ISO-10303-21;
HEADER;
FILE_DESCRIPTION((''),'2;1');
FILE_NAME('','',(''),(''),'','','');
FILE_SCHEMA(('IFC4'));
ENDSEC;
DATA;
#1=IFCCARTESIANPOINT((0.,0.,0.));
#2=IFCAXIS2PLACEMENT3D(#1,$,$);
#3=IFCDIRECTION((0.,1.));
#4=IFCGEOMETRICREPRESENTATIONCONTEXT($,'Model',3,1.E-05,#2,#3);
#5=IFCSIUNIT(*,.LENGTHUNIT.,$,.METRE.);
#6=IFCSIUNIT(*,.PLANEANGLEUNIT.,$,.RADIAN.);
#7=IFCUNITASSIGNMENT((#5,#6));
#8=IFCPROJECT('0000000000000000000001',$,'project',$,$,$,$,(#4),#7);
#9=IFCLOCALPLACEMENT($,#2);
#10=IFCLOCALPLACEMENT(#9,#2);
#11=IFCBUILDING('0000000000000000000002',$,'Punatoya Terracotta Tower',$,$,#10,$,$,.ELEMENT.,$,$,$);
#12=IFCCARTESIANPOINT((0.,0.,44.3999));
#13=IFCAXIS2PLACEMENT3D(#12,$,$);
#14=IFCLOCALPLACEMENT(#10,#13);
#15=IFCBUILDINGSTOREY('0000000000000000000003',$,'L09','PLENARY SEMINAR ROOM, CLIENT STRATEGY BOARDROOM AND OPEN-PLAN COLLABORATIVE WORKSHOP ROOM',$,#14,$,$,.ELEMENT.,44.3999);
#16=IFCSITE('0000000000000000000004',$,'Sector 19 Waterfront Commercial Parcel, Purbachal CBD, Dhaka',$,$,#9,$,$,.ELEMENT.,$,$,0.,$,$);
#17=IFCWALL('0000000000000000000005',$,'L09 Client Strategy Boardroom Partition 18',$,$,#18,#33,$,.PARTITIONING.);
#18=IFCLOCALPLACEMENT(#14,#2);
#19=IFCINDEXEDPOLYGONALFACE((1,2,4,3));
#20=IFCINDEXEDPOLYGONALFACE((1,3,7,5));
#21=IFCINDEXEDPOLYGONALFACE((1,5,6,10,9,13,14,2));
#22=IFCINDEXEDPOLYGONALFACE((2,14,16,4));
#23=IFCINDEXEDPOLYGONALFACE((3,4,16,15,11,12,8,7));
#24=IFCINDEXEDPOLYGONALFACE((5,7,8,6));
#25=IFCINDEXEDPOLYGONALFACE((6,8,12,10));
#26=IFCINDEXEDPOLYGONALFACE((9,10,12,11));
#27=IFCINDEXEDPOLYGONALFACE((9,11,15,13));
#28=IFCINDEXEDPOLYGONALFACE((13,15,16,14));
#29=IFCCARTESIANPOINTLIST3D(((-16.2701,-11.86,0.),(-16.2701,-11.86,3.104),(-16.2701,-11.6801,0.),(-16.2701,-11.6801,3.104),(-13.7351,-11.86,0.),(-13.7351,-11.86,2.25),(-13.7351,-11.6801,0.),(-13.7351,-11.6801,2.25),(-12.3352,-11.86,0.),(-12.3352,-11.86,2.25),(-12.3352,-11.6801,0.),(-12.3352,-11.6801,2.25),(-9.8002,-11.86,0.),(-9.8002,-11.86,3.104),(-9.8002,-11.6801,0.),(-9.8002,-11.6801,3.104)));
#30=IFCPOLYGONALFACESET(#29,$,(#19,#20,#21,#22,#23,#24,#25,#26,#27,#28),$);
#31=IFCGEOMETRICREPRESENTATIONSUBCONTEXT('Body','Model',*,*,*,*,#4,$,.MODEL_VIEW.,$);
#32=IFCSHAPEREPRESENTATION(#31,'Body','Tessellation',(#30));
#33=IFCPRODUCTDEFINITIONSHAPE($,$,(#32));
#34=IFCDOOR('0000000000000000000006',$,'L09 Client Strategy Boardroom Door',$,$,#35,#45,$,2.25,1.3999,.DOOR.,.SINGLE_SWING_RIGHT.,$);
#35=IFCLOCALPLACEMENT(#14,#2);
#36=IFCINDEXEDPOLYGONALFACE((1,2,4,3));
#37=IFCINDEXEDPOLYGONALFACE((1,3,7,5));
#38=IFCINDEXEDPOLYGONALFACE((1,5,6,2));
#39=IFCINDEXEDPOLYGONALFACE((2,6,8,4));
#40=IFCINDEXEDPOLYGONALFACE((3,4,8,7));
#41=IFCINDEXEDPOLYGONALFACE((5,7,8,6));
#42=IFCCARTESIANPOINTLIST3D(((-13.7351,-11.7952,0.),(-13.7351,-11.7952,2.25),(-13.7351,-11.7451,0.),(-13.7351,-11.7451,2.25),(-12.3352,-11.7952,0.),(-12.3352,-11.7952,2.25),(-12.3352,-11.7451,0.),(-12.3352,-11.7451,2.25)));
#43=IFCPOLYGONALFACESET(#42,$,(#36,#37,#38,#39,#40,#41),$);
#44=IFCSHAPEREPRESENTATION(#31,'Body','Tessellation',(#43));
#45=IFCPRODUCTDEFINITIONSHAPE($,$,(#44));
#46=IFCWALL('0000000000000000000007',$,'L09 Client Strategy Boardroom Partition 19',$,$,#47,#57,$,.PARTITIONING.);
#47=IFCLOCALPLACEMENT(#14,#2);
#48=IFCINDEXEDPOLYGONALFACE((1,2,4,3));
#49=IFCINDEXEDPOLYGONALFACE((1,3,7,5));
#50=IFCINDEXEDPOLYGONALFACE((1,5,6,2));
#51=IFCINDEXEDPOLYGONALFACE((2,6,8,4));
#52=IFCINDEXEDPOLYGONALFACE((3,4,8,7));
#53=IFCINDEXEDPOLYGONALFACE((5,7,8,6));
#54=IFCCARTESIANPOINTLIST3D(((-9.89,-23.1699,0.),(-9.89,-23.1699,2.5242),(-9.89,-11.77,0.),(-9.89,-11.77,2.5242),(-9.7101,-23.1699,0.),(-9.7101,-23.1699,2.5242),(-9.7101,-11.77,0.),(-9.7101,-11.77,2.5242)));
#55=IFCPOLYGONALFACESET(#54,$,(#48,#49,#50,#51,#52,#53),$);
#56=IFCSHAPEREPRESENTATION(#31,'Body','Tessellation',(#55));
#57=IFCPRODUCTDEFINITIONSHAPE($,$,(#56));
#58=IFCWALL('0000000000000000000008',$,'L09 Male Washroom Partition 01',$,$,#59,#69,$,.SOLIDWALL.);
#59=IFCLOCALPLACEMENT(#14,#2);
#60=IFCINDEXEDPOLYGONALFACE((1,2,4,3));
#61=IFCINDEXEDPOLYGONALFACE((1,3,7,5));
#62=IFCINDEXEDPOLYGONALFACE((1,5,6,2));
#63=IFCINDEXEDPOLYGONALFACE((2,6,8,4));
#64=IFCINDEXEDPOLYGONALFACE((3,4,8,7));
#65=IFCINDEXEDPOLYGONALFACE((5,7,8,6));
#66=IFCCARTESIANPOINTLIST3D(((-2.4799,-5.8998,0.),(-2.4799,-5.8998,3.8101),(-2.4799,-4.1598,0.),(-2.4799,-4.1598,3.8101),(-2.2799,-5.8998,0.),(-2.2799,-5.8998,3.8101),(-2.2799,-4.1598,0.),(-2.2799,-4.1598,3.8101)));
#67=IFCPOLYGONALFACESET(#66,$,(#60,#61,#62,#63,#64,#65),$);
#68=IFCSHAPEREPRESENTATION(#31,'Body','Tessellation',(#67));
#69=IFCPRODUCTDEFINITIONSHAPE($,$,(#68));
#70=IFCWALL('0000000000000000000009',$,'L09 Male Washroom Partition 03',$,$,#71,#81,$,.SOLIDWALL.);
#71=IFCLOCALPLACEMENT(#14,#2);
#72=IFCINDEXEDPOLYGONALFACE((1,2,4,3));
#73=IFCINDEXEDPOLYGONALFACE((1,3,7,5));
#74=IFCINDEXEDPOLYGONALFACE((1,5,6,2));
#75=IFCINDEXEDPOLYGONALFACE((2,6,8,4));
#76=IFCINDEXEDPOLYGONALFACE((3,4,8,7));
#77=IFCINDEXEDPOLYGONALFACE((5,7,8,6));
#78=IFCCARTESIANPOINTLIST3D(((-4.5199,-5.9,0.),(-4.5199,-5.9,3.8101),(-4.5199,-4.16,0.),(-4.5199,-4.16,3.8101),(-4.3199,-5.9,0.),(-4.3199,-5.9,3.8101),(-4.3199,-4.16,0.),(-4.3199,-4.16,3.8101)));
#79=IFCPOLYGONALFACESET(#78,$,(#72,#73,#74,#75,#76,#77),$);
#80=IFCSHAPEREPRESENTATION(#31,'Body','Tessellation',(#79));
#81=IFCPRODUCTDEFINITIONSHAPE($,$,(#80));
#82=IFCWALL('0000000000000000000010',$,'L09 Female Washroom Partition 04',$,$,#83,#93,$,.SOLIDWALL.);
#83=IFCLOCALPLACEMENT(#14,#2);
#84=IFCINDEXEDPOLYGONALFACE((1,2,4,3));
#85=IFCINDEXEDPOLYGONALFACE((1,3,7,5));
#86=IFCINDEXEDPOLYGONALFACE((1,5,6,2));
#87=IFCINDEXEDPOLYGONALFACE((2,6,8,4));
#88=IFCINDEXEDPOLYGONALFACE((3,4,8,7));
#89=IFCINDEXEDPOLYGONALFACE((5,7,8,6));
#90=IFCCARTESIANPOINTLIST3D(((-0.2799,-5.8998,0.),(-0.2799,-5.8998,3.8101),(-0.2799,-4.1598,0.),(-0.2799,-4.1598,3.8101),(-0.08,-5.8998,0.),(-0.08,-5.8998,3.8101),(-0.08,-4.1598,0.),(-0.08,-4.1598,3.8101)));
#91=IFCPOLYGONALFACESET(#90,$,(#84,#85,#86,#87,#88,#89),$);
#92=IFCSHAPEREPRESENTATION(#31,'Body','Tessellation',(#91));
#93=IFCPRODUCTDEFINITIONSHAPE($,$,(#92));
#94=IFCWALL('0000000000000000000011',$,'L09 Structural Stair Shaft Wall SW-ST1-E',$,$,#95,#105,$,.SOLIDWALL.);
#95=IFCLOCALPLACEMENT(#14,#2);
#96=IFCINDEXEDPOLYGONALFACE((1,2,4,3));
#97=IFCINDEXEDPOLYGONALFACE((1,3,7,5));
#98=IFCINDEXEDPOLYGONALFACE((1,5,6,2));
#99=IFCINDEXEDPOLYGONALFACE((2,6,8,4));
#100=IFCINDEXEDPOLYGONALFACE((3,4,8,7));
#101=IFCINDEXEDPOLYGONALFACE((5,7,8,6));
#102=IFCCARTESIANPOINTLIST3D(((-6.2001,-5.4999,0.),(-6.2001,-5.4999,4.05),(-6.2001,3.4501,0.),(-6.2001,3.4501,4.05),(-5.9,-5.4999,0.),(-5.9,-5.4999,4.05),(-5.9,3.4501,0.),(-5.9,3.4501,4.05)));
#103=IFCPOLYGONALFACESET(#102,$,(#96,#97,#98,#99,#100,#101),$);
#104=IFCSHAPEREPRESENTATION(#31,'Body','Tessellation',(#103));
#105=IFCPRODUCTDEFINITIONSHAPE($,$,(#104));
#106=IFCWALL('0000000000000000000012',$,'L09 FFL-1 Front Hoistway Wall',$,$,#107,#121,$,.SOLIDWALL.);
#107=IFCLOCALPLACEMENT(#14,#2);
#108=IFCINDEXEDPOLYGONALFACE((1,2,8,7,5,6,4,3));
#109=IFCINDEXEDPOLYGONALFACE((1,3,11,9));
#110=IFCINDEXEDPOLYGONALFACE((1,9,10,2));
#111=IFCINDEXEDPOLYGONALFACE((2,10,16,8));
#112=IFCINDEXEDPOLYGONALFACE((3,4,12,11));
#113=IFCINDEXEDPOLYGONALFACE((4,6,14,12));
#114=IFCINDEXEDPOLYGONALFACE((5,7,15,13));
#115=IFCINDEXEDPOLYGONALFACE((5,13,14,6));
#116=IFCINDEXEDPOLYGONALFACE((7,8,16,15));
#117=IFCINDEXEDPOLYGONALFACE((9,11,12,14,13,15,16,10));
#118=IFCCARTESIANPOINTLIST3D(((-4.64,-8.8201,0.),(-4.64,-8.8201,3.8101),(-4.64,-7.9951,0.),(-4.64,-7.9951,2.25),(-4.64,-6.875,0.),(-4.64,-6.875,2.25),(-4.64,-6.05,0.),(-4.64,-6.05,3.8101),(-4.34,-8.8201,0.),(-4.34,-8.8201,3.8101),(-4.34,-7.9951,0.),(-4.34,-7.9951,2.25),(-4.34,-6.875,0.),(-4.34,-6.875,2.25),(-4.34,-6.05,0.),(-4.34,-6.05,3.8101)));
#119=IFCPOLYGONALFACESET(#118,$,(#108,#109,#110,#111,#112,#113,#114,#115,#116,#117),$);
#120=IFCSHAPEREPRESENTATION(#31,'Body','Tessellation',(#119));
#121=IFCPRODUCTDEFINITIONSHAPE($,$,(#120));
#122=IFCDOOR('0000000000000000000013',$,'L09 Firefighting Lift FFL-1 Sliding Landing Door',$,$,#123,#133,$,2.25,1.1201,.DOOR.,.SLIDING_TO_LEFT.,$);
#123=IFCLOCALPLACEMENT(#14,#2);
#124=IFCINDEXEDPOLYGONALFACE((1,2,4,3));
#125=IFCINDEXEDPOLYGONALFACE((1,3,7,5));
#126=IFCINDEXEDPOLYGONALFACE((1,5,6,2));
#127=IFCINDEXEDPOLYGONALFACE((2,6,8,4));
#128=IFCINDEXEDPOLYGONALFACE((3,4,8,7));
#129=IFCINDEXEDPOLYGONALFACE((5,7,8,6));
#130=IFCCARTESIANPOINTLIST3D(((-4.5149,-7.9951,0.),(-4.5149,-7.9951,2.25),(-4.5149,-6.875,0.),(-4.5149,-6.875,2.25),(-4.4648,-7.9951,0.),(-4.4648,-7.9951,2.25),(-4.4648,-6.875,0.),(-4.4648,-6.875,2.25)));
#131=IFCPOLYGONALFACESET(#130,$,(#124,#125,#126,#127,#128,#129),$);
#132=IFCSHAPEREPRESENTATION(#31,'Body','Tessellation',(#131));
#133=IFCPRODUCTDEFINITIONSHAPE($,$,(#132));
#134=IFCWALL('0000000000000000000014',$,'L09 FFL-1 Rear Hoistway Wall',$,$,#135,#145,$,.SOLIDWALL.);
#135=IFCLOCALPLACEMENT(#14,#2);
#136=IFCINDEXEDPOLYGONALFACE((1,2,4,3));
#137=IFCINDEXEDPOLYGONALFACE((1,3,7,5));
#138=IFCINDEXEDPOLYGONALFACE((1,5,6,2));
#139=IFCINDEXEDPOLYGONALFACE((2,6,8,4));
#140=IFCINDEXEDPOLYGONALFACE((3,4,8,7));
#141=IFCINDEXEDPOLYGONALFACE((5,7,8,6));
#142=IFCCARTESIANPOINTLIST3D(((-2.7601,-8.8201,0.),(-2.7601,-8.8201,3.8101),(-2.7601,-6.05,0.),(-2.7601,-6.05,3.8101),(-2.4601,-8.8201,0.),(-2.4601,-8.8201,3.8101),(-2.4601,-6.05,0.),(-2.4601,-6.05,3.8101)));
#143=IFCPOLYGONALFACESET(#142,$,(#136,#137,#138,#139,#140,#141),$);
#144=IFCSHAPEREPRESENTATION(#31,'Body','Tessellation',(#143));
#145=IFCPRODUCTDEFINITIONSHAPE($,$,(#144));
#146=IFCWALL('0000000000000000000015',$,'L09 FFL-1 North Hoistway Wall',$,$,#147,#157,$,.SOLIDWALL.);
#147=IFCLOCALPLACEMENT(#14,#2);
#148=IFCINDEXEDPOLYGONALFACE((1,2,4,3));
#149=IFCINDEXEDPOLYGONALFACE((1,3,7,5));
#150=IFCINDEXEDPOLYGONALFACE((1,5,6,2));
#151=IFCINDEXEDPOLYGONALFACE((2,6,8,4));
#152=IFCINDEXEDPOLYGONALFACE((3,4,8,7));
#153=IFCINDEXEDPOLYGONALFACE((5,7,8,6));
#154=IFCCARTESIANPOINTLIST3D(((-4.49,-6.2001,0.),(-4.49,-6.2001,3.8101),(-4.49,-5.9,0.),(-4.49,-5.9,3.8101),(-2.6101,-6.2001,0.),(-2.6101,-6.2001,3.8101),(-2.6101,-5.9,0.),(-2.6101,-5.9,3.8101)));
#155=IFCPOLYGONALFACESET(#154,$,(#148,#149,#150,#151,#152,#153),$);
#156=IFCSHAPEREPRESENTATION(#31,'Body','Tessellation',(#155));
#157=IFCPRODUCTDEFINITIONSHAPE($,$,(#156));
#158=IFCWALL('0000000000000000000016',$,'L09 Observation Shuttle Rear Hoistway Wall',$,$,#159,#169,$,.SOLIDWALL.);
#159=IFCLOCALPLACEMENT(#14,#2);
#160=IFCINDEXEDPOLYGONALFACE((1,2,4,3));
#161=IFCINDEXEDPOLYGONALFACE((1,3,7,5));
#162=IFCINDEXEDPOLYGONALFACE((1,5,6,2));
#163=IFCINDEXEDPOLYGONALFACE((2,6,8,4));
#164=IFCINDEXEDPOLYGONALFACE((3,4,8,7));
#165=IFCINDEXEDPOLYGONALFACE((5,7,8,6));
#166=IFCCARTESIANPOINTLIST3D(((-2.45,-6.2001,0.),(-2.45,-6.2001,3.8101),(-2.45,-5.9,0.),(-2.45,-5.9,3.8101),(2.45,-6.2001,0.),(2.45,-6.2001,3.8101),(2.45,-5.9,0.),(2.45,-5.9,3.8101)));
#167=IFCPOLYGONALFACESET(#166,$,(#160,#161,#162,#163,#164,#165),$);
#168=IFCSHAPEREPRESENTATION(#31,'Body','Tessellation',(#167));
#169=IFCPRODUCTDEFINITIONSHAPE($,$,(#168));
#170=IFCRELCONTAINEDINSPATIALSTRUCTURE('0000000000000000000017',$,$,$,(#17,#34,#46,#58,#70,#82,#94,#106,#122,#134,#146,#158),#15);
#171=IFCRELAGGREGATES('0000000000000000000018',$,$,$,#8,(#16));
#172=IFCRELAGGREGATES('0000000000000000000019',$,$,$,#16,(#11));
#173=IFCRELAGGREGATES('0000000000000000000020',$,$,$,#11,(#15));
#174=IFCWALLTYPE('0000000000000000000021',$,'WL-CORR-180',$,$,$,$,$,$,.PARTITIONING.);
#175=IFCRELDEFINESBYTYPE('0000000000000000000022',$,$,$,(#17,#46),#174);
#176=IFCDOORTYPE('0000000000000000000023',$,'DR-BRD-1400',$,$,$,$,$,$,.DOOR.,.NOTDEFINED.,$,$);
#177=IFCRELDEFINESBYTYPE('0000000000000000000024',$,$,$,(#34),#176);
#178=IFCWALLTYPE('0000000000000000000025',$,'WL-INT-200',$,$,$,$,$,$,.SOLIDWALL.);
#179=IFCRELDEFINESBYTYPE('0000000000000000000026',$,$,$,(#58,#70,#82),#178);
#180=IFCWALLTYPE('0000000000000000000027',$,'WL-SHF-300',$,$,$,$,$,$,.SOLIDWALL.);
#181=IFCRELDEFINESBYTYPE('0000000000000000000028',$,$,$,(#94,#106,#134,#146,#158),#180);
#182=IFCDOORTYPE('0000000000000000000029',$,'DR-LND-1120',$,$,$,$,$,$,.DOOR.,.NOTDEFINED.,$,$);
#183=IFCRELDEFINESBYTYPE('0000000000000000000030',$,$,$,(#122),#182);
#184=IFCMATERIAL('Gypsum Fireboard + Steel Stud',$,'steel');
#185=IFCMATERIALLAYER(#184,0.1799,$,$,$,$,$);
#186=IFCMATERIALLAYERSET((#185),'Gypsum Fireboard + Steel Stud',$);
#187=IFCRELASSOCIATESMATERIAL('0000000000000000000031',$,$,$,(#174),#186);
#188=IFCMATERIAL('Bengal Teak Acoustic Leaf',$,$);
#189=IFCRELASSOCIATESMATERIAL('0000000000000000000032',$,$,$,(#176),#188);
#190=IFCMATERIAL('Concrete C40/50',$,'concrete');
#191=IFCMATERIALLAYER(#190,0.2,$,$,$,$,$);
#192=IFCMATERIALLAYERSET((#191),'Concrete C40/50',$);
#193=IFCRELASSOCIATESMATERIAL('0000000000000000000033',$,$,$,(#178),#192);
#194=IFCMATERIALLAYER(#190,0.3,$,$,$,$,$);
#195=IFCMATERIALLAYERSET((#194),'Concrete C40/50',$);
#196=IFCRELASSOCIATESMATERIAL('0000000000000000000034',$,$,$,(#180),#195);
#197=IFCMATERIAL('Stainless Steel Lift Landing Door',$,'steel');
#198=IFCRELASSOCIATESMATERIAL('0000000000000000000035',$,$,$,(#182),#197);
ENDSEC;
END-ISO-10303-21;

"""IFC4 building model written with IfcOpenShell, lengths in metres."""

from ifc_helpers import new_model, si_unit, direction, frame, frame_2d, origin, place, context, subcontext, project, spatial, rectangle, extrude, material, layer, layer_set, type_object, element, fill, save


model = new_model("IFC4")

# Units and contexts
model_context = context("Model", 3, precision=1e-05, world=origin(), true_north=direction((0.0, 1.0)))
body_context = subcontext(model_context, "Body", "Model", "MODEL_VIEW")
ifc_project = project(units=[si_unit("LENGTHUNIT", "METRE"), si_unit("PLANEANGLEUNIT", "RADIAN")], contexts=[model_context])

# Site, building, storey
site_placement = place(None, origin())
site = spatial("IfcSite", under=ifc_project, at=site_placement, Name="Sector 19 Waterfront Commercial Parcel, Purbachal CBD, Dhaka", CompositionType="ELEMENT", RefElevation=0.0)
building_placement = place(site_placement, origin())
building = spatial("IfcBuilding", under=site, at=building_placement, Name="Punatoya Terracotta Tower", CompositionType="ELEMENT")
storey_placement = place(building_placement, frame((0.0, 0.0, 44.3999)))
storey = spatial("IfcBuildingStorey", under=building, at=storey_placement, Name="L09", Description="PLENARY SEMINAR ROOM, CLIENT STRATEGY BOARDROOM AND OPEN-PLAN COLLABORATIVE WORKSHOP ROOM", CompositionType="ELEMENT", Elevation=44.3999)

# Shared definitions
ifc_material_1 = material(Name="Gypsum Fireboard + Steel Stud", Category="steel")
ifc_layer_1 = layer(ifc_material_1, 0.1799)
ifc_layer_set_1 = layer_set([ifc_layer_1], Name="Gypsum Fireboard + Steel Stud")
wall_type_1 = type_object("IfcWallType", Name="WL-CORR-180", PredefinedType="PARTITIONING", material=ifc_layer_set_1)

# Wall, opening, door
wall_1_placement = place(storey_placement, frame((-16.27, -11.77, 0.0), z_axis=(0.0, 0.0, 1.0), x_axis=(1.0, 0.0, 0.0)))
wall_1 = element("IfcWall", 1, at=wall_1_placement, inside=storey, type_object=wall_type_1, Name="L09 Client Strategy Boardroom Partition 18", PredefinedType="PARTITIONING", context=body_context, shape_type="SweptSolid", body=[
    extrude(rectangle(XDim=6.47, YDim=0.1799, at=frame_2d((3.2349, 0.0))), origin(), (0.0, 0.0, 1.0), 3.104),
])
opening_1_placement = place(wall_1_placement, frame((2.5349, 0.0, 0.0)))
opening_1 = element("IfcOpeningElement", 2, at=opening_1_placement, cuts=wall_1, PredefinedType="OPENING", context=body_context, shape_type="SweptSolid", body=[
    extrude(rectangle(XDim=1.3999, YDim=2.25, at=frame_2d((0.7, 1.125))), frame((0.0, 0.0999, 0.0), z_axis=(0.0, -1.0, 0.0), x_axis=(1.0, 0.0, 0.0)), (0.0, 0.0, 1.0), 0.2),
])
ifc_material_2 = material(Name="Bengal Teak Acoustic Leaf")
door_type_1 = type_object("IfcDoorType", Name="DR-BRD-1400", OperationType="NOTDEFINED", PredefinedType="DOOR", material=ifc_material_2)
door_1_placement = place(opening_1_placement, origin())
door_1 = element("IfcDoor", 3, at=door_1_placement, inside=storey, type_object=door_type_1, Name="L09 Client Strategy Boardroom Door", OperationType="SINGLE_SWING_RIGHT", OverallHeight=2.25, OverallWidth=1.3999, PredefinedType="DOOR", context=body_context, shape_type="SweptSolid", body=[
    extrude(rectangle(XDim=1.3999, YDim=2.25, at=frame_2d((0.7, 1.125))), frame((0.0, 0.0249, 0.0), z_axis=(0.0, -1.0, 0.0), x_axis=(1.0, 0.0, 0.0)), (0.0, 0.0, 1.0), 0.05),
])
fill(opening_1, door_1)

# Walls
wall_2_placement = place(storey_placement, frame((-9.8, -11.77, 0.0), z_axis=(0.0, 0.0, 1.0), x_axis=(0.0, -1.0, 0.0)))
element("IfcWall", 4, at=wall_2_placement, inside=storey, type_object=wall_type_1, Name="L09 Client Strategy Boardroom Partition 19", PredefinedType="PARTITIONING", context=body_context, shape_type="SweptSolid", body=[
    extrude(rectangle(XDim=11.3999, YDim=0.1799, at=frame_2d((5.7, 0.0))), origin(), (0.0, 0.0, 1.0), 2.5242),
])
ifc_material_3 = material(Name="Concrete C40/50", Category="concrete")
ifc_layer_2 = layer(ifc_material_3, 0.2)
ifc_layer_set_2 = layer_set([ifc_layer_2], Name="Concrete C40/50")
wall_type_2 = type_object("IfcWallType", Name="WL-INT-200", PredefinedType="SOLIDWALL", material=ifc_layer_set_2)
wall_3_placement = place(storey_placement, frame((-2.3799, -5.8999, 0.0), z_axis=(0.0, 0.0, 1.0), x_axis=(0.0, 1.0, 0.0)))
element("IfcWall", 5, at=wall_3_placement, inside=storey, type_object=wall_type_2, Name="L09 Male Washroom Partition 01", PredefinedType="SOLIDWALL", context=body_context, shape_type="SweptSolid", body=[
    extrude(rectangle(XDim=1.74, YDim=0.2, at=frame_2d((0.8701, 0.0))), origin(), (0.0, 0.0, 1.0), 3.8101),
])

# Walls
for number, where, z_axis, x_axis, name in (
    (6, (-4.4199, -4.1599, 0.0), (0.0, 0.0, 1.0), (0.0, -1.0, 0.0), "L09 Male Washroom Partition 03"),
    (7, (-0.1799, -5.8999, 0.0), (0.0, 0.0, 1.0), (0.0, 1.0, 0.0), "L09 Female Washroom Partition 04"),
):
    element("IfcWall", number, at=place(storey_placement, frame(where, z_axis=z_axis, x_axis=x_axis)), inside=storey, type_object=wall_type_2, Name=name, PredefinedType="SOLIDWALL", context=body_context, shape_type="SweptSolid", body=[
        extrude(rectangle(XDim=1.74, YDim=0.2, at=frame_2d((0.8701, 0.0))), origin(), (0.0, 0.0, 1.0), 3.8101),
    ])

# Wall
ifc_layer_3 = layer(ifc_material_3, 0.3)
ifc_layer_set_3 = layer_set([ifc_layer_3], Name="Concrete C40/50")
wall_type_3 = type_object("IfcWallType", Name="WL-SHF-300", PredefinedType="SOLIDWALL", material=ifc_layer_set_3)
wall_4_placement = place(storey_placement, frame((-6.05, -5.5, 0.0), z_axis=(0.0, 0.0, 1.0), x_axis=(0.0, 1.0, 0.0)))
element("IfcWall", 8, at=wall_4_placement, inside=storey, type_object=wall_type_3, Name="L09 Structural Stair Shaft Wall SW-ST1-E", PredefinedType="SOLIDWALL", context=body_context, shape_type="SweptSolid", body=[
    extrude(rectangle(XDim=8.95, YDim=0.3, at=frame_2d((4.4751, 0.0))), origin(), (0.0, 0.0, 1.0), 4.05),
])

# Wall, opening, door
wall_5_placement = place(storey_placement, frame((-4.49, -8.8201, 0.0), z_axis=(0.0, 0.0, 1.0), x_axis=(0.0, 1.0, 0.0)))
wall_5 = element("IfcWall", 9, at=wall_5_placement, inside=storey, type_object=wall_type_3, Name="L09 FFL-1 Front Hoistway Wall", PredefinedType="SOLIDWALL", context=body_context, shape_type="SweptSolid", body=[
    extrude(rectangle(XDim=2.77, YDim=0.3, at=frame_2d((1.385, 0.0))), origin(), (0.0, 0.0, 1.0), 3.8101),
])
opening_2_placement = place(wall_5_placement, frame((0.825, 0.0, 0.0)))
opening_2 = element("IfcOpeningElement", 10, at=opening_2_placement, cuts=wall_5, PredefinedType="OPENING", context=body_context, shape_type="SweptSolid", body=[
    extrude(rectangle(XDim=1.1201, YDim=2.25, at=frame_2d((0.5601, 1.125))), frame((0.0, 0.1599, 0.0), z_axis=(0.0, -1.0, 0.0), x_axis=(1.0, 0.0, 0.0)), (0.0, 0.0, 1.0), 0.3201),
])
ifc_material_4 = material(Name="Stainless Steel Lift Landing Door", Category="steel")
door_type_2 = type_object("IfcDoorType", Name="DR-LND-1120", OperationType="NOTDEFINED", PredefinedType="DOOR", material=ifc_material_4)
door_2_placement = place(opening_2_placement, origin())
door_2 = element("IfcDoor", 11, at=door_2_placement, inside=storey, type_object=door_type_2, Name="L09 Firefighting Lift FFL-1 Sliding Landing Door", OperationType="SLIDING_TO_LEFT", OverallHeight=2.25, OverallWidth=1.1201, PredefinedType="DOOR", context=body_context, shape_type="SweptSolid", body=[
    extrude(rectangle(XDim=1.1201, YDim=2.25, at=frame_2d((0.5601, 1.125))), frame((0.0, 0.0249, 0.0), z_axis=(0.0, -1.0, 0.0), x_axis=(1.0, 0.0, 0.0)), (0.0, 0.0, 1.0), 0.05),
])
fill(opening_2, door_2)

# Walls
wall_6_placement = place(storey_placement, frame((-2.6101, -8.8201, 0.0), z_axis=(0.0, 0.0, 1.0), x_axis=(0.0, 1.0, 0.0)))
element("IfcWall", 12, at=wall_6_placement, inside=storey, type_object=wall_type_3, Name="L09 FFL-1 Rear Hoistway Wall", PredefinedType="SOLIDWALL", context=body_context, shape_type="SweptSolid", body=[
    extrude(rectangle(XDim=2.77, YDim=0.3, at=frame_2d((1.385, 0.0))), origin(), (0.0, 0.0, 1.0), 3.8101),
])
wall_7_placement = place(storey_placement, frame((-4.49, -6.05, 0.0), z_axis=(0.0, 0.0, 1.0), x_axis=(1.0, 0.0, 0.0)))
element("IfcWall", 13, at=wall_7_placement, inside=storey, type_object=wall_type_3, Name="L09 FFL-1 North Hoistway Wall", PredefinedType="SOLIDWALL", context=body_context, shape_type="SweptSolid", body=[
    extrude(rectangle(XDim=1.8799, YDim=0.3, at=frame_2d((0.9399, 0.0))), origin(), (0.0, 0.0, 1.0), 3.8101),
])
wall_8_placement = place(storey_placement, frame((-2.45, -6.05, 0.0), z_axis=(0.0, 0.0, 1.0), x_axis=(1.0, 0.0, 0.0)))
element("IfcWall", 14, at=wall_8_placement, inside=storey, type_object=wall_type_3, Name="L09 Observation Shuttle Rear Hoistway Wall", PredefinedType="SOLIDWALL", context=body_context, shape_type="SweptSolid", body=[
    extrude(rectangle(XDim=4.8999, YDim=0.3, at=frame_2d((2.45, 0.0))), origin(), (0.0, 0.0, 1.0), 3.8101),
])

save(model, "model.ifc")
